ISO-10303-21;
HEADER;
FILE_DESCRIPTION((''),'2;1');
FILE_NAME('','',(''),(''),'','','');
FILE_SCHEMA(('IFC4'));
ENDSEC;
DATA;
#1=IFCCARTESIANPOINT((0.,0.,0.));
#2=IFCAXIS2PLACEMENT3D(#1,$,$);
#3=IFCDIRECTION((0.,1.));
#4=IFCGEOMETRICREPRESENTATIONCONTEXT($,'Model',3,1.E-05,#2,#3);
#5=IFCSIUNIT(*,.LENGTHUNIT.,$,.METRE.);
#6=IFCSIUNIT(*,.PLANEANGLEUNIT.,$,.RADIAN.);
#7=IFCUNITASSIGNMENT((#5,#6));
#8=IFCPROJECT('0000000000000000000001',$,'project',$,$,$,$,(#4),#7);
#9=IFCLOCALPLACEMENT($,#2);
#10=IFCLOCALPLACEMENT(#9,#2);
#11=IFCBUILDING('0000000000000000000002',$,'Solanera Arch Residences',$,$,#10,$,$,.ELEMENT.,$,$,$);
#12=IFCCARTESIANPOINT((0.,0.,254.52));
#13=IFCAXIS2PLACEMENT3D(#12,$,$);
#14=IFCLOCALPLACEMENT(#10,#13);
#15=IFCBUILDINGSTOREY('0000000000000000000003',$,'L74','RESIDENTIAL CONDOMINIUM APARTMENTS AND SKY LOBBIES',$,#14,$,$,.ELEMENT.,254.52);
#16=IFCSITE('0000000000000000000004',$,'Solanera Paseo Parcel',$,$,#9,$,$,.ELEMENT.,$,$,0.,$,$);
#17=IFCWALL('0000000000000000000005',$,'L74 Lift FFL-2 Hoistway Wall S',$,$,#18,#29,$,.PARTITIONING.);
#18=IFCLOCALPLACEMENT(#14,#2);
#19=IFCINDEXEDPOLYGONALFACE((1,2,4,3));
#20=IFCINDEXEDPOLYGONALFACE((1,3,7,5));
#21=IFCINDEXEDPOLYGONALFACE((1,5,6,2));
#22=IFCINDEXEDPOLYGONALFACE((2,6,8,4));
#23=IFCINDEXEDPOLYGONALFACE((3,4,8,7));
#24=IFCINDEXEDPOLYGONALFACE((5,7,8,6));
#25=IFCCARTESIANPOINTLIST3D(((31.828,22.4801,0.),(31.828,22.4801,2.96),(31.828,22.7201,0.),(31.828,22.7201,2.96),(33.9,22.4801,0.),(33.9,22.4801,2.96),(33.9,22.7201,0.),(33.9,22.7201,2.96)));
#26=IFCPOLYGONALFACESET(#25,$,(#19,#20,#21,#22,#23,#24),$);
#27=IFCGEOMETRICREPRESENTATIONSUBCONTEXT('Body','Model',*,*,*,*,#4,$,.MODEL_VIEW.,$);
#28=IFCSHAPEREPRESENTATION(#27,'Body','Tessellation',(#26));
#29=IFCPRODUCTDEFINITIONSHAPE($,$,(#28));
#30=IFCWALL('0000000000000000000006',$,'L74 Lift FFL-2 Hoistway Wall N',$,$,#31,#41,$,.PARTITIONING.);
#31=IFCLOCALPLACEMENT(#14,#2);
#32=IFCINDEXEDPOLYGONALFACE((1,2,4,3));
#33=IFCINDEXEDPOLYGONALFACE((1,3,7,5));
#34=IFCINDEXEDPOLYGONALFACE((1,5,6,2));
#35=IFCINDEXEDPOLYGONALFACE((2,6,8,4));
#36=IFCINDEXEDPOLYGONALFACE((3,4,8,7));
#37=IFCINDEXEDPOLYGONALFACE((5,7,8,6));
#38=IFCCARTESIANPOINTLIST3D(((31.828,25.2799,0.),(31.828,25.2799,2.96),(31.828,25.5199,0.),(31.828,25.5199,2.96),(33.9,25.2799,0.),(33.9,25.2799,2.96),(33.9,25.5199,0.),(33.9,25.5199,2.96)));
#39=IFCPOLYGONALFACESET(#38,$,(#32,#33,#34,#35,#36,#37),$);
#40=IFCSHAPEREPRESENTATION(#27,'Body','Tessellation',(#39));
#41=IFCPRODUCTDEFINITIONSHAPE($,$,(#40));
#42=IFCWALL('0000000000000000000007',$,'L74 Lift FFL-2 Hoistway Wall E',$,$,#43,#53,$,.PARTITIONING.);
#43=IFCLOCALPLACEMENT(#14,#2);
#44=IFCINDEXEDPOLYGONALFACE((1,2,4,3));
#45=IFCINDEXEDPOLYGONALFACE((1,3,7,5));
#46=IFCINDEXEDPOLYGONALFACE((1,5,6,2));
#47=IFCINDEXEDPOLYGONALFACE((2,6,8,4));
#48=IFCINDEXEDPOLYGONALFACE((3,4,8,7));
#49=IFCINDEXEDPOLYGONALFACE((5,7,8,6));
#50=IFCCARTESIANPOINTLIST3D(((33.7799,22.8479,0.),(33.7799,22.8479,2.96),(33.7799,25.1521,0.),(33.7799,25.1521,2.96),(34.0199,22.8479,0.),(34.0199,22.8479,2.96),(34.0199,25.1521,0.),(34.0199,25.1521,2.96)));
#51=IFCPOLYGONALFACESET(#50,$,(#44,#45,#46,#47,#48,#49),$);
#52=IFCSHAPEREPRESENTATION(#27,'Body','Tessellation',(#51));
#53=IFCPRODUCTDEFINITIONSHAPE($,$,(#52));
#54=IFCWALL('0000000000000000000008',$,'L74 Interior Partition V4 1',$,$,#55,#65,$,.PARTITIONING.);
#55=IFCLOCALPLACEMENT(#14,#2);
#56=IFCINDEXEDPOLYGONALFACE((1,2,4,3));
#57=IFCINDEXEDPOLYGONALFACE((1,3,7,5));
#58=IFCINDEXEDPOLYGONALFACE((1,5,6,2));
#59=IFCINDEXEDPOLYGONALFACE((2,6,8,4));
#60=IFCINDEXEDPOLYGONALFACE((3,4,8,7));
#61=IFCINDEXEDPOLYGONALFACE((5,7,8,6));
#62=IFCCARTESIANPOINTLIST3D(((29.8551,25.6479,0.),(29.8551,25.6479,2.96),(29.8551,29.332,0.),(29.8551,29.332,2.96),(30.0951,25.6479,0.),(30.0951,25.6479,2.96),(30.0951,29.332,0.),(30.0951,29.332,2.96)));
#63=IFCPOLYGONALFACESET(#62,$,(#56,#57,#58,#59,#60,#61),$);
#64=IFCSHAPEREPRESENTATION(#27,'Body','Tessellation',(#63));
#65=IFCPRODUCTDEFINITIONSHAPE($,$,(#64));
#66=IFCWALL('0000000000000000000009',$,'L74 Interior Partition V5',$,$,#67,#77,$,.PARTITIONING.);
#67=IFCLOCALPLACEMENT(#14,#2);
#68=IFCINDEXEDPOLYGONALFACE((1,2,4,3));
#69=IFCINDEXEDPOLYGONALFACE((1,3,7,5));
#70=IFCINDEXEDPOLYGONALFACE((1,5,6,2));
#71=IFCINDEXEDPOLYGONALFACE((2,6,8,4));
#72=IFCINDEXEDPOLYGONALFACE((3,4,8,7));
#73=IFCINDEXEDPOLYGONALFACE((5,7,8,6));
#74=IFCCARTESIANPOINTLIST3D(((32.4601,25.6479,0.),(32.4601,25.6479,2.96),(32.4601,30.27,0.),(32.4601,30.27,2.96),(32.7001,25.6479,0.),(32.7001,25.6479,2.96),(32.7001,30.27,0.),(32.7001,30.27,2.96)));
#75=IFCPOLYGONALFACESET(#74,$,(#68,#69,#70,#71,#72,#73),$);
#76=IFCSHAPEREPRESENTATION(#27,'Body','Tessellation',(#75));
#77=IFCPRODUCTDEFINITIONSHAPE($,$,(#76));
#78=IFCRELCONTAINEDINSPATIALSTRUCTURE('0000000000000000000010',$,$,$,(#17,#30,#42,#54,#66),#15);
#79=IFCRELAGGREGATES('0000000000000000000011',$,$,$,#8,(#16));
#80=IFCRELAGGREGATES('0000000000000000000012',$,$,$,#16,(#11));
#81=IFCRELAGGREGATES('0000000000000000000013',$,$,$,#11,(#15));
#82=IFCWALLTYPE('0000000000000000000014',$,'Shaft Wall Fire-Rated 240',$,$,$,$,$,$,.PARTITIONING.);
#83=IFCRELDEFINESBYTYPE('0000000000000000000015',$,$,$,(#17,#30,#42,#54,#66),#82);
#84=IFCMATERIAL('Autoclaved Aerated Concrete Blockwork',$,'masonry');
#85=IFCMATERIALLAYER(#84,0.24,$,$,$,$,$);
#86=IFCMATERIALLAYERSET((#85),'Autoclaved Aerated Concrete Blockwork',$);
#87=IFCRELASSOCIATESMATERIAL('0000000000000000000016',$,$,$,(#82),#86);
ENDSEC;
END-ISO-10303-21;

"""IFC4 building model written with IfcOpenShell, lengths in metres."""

from ifc_helpers import new_model, si_unit, direction, frame, frame_2d, origin, place, context, subcontext, project, spatial, rectangle, extrude, material, layer, layer_set, type_object, element, save


model = new_model("IFC4")

# Units and contexts
model_context = context("Model", 3, precision=1e-05, world=origin(), true_north=direction((0.0, 1.0)))
body_context = subcontext(model_context, "Body", "Model", "MODEL_VIEW")
ifc_project = project(units=[si_unit("LENGTHUNIT", "METRE"), si_unit("PLANEANGLEUNIT", "RADIAN")], contexts=[model_context])

# Site, building, storey
site_placement = place(None, origin())
site = spatial("IfcSite", under=ifc_project, at=site_placement, Name="Solanera Paseo Parcel", CompositionType="ELEMENT", RefElevation=0.0)
building_placement = place(site_placement, origin())
building = spatial("IfcBuilding", under=site, at=building_placement, Name="Solanera Arch Residences", CompositionType="ELEMENT")
storey_placement = place(building_placement, frame((0.0, 0.0, 254.52)))
storey = spatial("IfcBuildingStorey", under=building, at=storey_placement, Name="L74", Description="RESIDENTIAL CONDOMINIUM APARTMENTS AND SKY LOBBIES", CompositionType="ELEMENT", Elevation=254.52)

# Walls
ifc_material_1 = material(Name="Autoclaved Aerated Concrete Blockwork", Category="masonry")
ifc_layer_1 = layer(ifc_material_1, 0.24)
ifc_layer_set_1 = layer_set([ifc_layer_1], Name="Autoclaved Aerated Concrete Blockwork")
wall_type_1 = type_object("IfcWallType", Name="Shaft Wall Fire-Rated 240", PredefinedType="PARTITIONING", material=ifc_layer_set_1)
for number, where, z_axis, x_axis, name in (
    (1, (31.8279, 22.6001, 0.0), (0.0, 0.0, 1.0), (1.0, 0.0, 0.0), "L74 Lift FFL-2 Hoistway Wall S"),
    (2, (31.8279, 25.3999, 0.0), (0.0, 0.0, 1.0), (1.0, 0.0, 0.0), "L74 Lift FFL-2 Hoistway Wall N"),
):
    element("IfcWall", number, at=place(storey_placement, frame(where, z_axis=z_axis, x_axis=x_axis)), inside=storey, type_object=wall_type_1, Name=name, PredefinedType="PARTITIONING", context=body_context, shape_type="SweptSolid", body=[
        extrude(rectangle(XDim=2.072, YDim=0.24, at=frame_2d((1.0361, 0.0))), origin(), (0.0, 0.0, 1.0), 2.96),
    ])
wall_1_placement = place(storey_placement, frame((33.8999, 22.8479, 0.0), z_axis=(0.0, 0.0, 1.0), x_axis=(0.0, 1.0, 0.0)))
element("IfcWall", 3, at=wall_1_placement, inside=storey, type_object=wall_type_1, Name="L74 Lift FFL-2 Hoistway Wall E", PredefinedType="PARTITIONING", context=body_context, shape_type="SweptSolid", body=[
    extrude(rectangle(XDim=2.3042, YDim=0.24, at=frame_2d((1.1521, 0.0))), origin(), (0.0, 0.0, 1.0), 2.96),
])
wall_2_placement = place(storey_placement, frame((29.9751, 25.6479, 0.0), z_axis=(0.0, 0.0, 1.0), x_axis=(0.0, 1.0, 0.0)))
element("IfcWall", 4, at=wall_2_placement, inside=storey, type_object=wall_type_1, Name="L74 Interior Partition V4 1", PredefinedType="PARTITIONING", context=body_context, shape_type="SweptSolid", body=[
    extrude(rectangle(XDim=3.6841, YDim=0.24, at=frame_2d((1.842, 0.0))), origin(), (0.0, 0.0, 1.0), 2.96),
])

# Wall
wall_3_placement = place(storey_placement, frame((32.5801, 25.6479, 0.0), z_axis=(0.0, 0.0, 1.0), x_axis=(0.0, 1.0, 0.0)))
element("IfcWall", 5, at=wall_3_placement, inside=storey, type_object=wall_type_1, Name="L74 Interior Partition V5", PredefinedType="PARTITIONING", context=body_context, shape_type="SweptSolid", body=[
    extrude(rectangle(XDim=4.6221, YDim=0.24, at=frame_2d((2.311, 0.0))), origin(), (0.0, 0.0, 1.0), 2.96),
])

save(model, "model.ifc")
